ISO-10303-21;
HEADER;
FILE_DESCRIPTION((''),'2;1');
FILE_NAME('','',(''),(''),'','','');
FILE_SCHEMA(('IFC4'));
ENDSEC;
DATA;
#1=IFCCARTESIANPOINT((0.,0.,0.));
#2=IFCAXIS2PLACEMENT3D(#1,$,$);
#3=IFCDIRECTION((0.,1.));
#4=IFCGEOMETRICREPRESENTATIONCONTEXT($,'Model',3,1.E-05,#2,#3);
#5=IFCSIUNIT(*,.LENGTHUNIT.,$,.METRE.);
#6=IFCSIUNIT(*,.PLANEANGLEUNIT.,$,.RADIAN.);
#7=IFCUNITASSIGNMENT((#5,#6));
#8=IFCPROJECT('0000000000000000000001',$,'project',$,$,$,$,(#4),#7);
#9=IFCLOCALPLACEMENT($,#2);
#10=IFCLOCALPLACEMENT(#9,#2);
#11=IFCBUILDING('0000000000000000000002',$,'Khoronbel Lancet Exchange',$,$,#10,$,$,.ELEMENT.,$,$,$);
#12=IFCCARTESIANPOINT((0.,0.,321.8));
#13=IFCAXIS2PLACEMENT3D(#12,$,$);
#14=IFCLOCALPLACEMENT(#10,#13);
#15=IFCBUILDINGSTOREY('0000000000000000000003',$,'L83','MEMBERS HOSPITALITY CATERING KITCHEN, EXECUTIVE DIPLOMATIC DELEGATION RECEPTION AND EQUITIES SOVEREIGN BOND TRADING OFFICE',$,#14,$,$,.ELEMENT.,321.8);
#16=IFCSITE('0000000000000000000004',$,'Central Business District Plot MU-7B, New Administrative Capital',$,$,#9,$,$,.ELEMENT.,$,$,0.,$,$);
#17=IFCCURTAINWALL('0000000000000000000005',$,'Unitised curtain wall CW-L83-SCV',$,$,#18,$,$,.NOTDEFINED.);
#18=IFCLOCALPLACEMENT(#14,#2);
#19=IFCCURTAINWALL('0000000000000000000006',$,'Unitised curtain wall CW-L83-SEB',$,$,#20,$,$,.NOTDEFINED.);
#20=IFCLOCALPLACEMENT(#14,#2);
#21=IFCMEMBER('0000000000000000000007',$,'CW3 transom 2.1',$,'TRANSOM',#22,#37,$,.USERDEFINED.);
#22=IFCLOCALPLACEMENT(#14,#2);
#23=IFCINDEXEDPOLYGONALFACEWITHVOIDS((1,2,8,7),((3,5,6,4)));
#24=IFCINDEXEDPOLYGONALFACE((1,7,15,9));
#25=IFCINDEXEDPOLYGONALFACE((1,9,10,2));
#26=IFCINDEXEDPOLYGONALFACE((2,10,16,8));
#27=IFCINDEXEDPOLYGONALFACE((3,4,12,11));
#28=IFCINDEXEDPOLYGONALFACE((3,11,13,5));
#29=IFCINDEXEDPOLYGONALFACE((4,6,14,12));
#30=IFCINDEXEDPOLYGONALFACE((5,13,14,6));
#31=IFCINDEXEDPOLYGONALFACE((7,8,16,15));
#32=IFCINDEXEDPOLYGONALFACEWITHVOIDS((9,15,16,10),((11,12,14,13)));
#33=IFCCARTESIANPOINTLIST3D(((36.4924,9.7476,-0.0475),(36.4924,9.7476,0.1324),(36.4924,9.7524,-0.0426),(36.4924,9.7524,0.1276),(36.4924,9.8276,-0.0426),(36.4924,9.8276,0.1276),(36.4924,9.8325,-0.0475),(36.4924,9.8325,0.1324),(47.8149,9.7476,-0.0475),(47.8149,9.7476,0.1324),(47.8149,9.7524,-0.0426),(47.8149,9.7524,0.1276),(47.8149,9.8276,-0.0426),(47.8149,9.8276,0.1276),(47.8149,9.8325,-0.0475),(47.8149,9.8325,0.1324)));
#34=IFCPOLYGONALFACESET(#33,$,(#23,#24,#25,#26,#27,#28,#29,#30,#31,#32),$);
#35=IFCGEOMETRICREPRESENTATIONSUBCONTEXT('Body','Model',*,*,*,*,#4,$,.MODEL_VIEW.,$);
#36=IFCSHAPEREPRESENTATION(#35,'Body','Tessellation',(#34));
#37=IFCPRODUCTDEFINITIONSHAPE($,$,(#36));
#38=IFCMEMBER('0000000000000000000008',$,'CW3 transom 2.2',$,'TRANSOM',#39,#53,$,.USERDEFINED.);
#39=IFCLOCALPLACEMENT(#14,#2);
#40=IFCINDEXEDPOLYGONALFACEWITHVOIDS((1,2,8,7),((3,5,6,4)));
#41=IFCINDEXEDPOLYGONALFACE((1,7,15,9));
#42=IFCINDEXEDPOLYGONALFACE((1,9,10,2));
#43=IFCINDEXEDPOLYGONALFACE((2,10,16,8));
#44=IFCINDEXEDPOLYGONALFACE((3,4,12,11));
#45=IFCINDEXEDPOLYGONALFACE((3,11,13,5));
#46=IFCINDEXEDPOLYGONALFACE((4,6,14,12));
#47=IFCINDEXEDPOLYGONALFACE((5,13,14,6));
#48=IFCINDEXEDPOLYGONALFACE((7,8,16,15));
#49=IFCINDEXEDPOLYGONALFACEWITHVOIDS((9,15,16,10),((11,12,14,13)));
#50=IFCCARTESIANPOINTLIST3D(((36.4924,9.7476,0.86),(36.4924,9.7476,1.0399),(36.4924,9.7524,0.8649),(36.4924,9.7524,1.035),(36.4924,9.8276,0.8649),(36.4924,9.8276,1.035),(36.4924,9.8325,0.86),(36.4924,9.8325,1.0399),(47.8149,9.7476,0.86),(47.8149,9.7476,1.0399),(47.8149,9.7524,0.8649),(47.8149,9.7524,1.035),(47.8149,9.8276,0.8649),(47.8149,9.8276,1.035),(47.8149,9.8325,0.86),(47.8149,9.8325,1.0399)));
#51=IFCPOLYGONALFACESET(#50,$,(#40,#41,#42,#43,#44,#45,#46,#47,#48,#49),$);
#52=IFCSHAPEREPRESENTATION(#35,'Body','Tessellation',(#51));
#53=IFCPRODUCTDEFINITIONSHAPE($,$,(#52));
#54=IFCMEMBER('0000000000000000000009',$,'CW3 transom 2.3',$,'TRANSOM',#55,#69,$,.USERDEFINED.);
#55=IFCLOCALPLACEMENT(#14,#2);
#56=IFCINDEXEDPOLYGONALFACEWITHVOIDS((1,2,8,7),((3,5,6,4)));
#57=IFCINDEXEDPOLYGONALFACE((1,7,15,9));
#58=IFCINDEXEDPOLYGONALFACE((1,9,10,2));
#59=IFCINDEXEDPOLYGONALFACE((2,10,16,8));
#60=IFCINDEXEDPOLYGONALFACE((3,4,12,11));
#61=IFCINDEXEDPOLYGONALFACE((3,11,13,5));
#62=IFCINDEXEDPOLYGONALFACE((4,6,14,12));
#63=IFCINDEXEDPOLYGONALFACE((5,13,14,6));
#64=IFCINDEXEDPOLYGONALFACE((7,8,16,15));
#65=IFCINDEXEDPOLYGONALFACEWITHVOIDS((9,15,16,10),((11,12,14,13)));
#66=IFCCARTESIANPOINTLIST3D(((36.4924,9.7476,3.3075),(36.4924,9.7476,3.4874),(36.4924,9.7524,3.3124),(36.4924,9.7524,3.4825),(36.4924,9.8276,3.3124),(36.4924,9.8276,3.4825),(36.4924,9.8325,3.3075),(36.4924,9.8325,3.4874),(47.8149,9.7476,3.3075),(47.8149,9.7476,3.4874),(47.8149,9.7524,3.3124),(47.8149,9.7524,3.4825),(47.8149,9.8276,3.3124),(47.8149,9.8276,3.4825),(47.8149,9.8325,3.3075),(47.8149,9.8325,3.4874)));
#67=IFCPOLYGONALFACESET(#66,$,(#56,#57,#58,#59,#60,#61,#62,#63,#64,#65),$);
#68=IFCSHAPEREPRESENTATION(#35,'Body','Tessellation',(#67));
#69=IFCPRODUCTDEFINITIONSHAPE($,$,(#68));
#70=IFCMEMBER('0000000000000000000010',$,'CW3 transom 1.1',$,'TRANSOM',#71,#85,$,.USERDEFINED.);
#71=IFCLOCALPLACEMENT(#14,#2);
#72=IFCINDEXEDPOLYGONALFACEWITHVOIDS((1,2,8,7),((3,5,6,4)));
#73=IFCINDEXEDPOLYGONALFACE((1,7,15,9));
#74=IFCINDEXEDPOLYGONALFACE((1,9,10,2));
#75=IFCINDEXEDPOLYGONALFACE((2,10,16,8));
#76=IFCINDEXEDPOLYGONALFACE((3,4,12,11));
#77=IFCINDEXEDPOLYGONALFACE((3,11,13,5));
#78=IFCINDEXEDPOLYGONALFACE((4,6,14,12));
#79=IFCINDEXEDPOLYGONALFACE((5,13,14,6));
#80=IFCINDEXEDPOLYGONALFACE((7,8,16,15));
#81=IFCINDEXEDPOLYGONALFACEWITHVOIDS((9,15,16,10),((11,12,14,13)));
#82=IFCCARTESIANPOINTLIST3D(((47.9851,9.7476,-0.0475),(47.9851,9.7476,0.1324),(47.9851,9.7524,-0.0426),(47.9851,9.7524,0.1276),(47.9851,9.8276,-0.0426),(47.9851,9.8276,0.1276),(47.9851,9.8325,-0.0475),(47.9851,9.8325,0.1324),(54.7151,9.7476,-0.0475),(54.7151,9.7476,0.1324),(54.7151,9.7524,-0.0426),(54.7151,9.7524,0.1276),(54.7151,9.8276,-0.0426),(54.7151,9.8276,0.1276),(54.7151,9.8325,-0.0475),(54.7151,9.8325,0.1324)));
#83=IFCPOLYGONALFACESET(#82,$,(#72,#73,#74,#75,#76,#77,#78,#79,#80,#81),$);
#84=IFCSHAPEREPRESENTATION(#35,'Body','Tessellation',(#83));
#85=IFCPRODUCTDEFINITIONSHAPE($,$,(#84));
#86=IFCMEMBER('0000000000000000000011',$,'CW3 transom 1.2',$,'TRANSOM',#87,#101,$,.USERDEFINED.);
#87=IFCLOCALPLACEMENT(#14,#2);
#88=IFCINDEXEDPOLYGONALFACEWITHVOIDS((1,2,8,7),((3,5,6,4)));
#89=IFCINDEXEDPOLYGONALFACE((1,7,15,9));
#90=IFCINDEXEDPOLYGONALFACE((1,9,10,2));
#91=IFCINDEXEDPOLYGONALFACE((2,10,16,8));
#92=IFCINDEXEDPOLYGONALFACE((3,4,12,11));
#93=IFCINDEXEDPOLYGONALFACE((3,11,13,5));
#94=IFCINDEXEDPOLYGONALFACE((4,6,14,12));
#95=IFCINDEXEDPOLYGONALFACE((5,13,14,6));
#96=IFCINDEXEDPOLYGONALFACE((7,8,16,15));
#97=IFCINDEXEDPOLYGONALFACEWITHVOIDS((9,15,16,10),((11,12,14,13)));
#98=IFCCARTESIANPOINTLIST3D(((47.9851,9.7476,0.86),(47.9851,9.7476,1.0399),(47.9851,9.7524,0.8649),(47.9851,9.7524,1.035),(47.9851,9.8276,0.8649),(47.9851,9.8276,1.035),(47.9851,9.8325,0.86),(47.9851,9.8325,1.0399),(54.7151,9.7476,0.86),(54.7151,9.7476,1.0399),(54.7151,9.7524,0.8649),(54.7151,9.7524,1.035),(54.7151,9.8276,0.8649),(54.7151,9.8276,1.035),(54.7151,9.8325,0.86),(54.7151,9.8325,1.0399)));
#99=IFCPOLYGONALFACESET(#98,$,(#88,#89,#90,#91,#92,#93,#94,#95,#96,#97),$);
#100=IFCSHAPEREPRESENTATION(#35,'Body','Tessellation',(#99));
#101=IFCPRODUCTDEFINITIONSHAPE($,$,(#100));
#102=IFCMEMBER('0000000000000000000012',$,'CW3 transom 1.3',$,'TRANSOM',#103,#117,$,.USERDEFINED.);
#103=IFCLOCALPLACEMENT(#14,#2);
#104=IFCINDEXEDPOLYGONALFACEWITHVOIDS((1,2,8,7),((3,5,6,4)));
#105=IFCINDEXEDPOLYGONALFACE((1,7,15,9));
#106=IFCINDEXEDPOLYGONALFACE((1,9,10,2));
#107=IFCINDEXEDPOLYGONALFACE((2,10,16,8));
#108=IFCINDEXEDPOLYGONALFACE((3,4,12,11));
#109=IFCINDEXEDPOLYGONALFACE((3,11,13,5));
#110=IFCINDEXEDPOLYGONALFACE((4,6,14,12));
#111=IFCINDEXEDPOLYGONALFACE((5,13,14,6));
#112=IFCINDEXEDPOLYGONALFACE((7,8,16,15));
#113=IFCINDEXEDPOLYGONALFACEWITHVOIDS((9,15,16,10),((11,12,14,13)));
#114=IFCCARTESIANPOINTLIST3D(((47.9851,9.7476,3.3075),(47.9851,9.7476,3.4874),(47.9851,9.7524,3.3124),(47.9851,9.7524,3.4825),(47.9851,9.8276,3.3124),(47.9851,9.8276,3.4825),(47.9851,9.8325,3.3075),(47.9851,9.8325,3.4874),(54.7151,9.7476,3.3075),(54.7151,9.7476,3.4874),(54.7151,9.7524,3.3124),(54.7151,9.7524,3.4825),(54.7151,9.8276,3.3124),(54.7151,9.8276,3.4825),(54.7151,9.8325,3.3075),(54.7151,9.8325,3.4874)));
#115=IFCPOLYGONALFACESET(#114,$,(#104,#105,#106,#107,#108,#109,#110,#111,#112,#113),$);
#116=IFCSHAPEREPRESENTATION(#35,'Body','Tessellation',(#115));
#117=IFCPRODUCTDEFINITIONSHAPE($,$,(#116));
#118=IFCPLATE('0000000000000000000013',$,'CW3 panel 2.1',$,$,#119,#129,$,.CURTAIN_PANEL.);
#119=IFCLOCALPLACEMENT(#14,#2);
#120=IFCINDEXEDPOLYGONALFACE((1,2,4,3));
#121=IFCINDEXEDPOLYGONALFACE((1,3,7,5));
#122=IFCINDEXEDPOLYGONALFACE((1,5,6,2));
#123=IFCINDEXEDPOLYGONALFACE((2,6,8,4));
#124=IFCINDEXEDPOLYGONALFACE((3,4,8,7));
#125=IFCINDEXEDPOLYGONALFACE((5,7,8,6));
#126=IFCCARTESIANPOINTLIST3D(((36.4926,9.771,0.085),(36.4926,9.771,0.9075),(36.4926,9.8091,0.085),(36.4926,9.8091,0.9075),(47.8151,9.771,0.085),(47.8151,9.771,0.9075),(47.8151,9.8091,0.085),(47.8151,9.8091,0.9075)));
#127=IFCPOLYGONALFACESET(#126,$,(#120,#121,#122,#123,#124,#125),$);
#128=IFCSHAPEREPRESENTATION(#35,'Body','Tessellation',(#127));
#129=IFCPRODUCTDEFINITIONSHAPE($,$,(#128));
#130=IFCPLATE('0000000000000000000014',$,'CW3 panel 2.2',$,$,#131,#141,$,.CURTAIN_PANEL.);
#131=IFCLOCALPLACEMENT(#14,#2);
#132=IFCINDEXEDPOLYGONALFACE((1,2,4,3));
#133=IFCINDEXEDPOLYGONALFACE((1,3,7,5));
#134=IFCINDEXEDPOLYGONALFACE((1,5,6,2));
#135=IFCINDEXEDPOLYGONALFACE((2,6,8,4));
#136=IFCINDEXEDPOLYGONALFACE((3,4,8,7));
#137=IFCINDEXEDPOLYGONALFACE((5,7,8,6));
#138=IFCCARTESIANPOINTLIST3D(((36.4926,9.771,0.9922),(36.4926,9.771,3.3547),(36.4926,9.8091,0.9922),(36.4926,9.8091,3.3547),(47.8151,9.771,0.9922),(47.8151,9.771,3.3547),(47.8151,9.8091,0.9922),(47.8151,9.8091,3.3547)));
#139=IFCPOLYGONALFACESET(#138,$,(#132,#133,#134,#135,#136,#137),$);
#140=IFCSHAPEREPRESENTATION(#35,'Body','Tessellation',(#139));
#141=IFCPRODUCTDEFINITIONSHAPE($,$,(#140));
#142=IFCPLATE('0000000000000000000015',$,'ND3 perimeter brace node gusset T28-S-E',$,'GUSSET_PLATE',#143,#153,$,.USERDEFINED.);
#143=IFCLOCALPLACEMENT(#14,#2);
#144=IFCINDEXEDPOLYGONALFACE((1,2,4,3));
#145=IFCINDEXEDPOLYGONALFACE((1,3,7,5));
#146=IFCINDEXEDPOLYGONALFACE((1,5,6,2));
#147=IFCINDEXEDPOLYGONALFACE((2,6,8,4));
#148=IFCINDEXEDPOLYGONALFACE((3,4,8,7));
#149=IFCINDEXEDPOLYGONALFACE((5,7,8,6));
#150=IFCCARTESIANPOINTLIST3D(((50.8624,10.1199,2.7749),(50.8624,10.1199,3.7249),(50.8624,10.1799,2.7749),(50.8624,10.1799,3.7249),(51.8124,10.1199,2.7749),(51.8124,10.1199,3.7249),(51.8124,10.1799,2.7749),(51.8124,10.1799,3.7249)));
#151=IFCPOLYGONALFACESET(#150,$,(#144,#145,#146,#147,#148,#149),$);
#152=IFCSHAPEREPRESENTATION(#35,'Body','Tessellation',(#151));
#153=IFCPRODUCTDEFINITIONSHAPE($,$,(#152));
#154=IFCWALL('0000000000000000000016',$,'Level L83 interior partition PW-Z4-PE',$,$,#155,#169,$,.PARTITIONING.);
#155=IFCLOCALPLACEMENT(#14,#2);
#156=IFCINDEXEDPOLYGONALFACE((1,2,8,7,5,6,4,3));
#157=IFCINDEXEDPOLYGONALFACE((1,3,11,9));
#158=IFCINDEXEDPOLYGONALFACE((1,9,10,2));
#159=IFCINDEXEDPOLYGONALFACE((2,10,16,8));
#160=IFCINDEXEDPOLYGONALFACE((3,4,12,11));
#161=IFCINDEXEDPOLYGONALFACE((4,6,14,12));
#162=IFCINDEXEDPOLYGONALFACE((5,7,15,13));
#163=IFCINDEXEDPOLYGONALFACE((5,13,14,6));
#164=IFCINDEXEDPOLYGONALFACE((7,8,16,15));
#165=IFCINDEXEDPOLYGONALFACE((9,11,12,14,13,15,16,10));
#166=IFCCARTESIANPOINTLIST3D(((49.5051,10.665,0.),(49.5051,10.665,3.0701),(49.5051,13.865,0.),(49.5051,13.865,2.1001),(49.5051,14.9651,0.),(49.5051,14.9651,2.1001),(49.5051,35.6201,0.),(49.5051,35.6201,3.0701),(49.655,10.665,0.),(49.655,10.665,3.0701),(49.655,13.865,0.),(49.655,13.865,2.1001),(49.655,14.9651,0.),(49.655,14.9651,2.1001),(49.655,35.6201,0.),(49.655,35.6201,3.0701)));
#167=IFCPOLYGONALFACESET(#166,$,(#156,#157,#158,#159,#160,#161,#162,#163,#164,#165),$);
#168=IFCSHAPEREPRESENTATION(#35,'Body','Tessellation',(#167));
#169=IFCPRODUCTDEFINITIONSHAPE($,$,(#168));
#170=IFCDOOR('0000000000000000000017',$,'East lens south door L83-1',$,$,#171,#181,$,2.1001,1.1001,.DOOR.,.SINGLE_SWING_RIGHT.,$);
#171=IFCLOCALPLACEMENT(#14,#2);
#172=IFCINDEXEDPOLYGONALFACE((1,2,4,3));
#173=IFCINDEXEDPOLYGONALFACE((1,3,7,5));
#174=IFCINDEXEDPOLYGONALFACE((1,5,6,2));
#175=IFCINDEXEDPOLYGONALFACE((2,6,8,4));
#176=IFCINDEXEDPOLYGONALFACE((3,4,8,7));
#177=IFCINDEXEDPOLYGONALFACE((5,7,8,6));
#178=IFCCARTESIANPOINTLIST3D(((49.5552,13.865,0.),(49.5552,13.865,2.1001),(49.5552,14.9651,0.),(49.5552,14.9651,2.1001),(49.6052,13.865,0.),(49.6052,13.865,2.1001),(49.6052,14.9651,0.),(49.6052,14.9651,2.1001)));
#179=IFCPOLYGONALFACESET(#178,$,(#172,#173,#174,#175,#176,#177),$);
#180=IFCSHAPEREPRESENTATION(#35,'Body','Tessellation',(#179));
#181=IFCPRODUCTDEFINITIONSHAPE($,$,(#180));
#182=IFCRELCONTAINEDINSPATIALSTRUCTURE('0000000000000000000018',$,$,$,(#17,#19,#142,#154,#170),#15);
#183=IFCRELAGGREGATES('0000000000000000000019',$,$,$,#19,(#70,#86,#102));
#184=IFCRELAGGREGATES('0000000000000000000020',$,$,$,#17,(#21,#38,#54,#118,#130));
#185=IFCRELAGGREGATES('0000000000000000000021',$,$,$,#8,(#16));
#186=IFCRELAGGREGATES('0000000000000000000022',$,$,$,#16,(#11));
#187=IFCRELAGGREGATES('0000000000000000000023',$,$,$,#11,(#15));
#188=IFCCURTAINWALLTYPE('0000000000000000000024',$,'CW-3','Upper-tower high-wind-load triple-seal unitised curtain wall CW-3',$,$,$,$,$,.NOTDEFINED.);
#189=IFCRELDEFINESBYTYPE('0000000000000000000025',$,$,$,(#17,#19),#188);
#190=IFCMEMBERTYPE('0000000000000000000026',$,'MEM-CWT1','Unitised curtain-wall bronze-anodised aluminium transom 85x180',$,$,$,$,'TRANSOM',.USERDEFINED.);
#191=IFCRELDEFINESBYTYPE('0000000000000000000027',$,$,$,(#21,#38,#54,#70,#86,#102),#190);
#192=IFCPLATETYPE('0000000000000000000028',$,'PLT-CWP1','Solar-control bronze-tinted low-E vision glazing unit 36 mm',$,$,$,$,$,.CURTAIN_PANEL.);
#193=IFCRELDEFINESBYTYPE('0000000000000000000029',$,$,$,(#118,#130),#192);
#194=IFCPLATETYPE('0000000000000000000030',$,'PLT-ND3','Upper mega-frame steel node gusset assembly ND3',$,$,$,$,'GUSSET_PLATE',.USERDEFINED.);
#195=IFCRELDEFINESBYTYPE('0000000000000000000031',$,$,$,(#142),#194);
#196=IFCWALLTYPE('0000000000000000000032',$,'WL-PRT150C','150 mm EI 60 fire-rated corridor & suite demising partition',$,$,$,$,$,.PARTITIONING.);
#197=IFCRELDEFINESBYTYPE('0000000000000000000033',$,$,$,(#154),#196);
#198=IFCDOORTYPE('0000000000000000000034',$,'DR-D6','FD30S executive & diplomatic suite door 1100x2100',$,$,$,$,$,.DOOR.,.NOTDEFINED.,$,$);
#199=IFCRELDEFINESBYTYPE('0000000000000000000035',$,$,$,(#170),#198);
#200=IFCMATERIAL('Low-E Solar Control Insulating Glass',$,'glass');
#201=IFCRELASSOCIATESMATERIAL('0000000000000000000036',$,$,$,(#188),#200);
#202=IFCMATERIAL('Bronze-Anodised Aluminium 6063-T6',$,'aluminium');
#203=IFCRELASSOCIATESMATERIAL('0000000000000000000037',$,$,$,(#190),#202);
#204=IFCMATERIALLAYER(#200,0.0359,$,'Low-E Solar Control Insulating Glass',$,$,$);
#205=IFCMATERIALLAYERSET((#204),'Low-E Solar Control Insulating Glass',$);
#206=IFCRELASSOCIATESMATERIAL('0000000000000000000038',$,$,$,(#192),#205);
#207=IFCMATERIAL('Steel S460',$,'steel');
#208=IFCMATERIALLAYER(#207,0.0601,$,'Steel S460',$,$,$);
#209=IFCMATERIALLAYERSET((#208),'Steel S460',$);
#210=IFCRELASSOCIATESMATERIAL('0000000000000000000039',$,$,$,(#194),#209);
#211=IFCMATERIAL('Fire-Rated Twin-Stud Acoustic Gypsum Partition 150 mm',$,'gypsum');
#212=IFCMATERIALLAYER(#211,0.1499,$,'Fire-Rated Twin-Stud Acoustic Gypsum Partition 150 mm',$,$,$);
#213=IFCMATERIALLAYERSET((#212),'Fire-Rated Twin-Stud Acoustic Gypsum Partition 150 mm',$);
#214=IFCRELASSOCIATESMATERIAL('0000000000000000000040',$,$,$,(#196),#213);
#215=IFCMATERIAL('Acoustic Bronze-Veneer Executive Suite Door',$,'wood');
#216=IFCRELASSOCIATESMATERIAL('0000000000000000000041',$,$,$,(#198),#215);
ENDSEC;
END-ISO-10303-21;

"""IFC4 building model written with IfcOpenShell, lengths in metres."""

from ifc_helpers import new_model, si_unit, direction, frame, frame_2d, origin, origin_2d, place, context, subcontext, project, spatial, rectangle, hollow_rectangle, extrude, material, layer, layer_set, material_profile, profile_set, type_object, element, fill, aggregate, save


model = new_model("IFC4")

# Units and contexts
model_context = context("Model", 3, precision=1e-05, world=origin(), true_north=direction((0.0, 1.0)))
body_context = subcontext(model_context, "Body", "Model", "MODEL_VIEW")
ifc_project = project(units=[si_unit("LENGTHUNIT", "METRE"), si_unit("PLANEANGLEUNIT", "RADIAN")], contexts=[model_context])

# Site, building, storey
site_placement = place(None, origin())
site = spatial("IfcSite", under=ifc_project, at=site_placement, Name="Central Business District Plot MU-7B, New Administrative Capital", CompositionType="ELEMENT", RefElevation=0.0)
building_placement = place(site_placement, origin())
building = spatial("IfcBuilding", under=site, at=building_placement, Name="Khoronbel Lancet Exchange", CompositionType="ELEMENT")
storey_placement = place(building_placement, frame((0.0, 0.0, 321.8)))
storey = spatial("IfcBuildingStorey", under=building, at=storey_placement, Name="L83", Description="MEMBERS HOSPITALITY CATERING KITCHEN, EXECUTIVE DIPLOMATIC DELEGATION RECEPTION AND EQUITIES SOVEREIGN BOND TRADING OFFICE", CompositionType="ELEMENT", Elevation=321.8)

# Shared definitions
ifc_material_1 = material(Name="Steel S460", Category="steel")

# Curtain wall
ifc_material_2 = material(Name="Low-E Solar Control Insulating Glass", Category="glass")
curtain_wall_type = type_object("IfcCurtainWallType", Name="CW-3", Description="Upper-tower high-wind-load triple-seal unitised curtain wall CW-3", PredefinedType="NOTDEFINED", material=ifc_material_2)
curtain_wall_1_placement = place(storey_placement, origin())
curtain_wall_1 = element("IfcCurtainWall", 1, at=curtain_wall_1_placement, inside=storey, type_object=curtain_wall_type, Name="Unitised curtain wall CW-L83-SCV", PredefinedType="NOTDEFINED")
ifc_material_3 = material(Name="Bronze-Anodised Aluminium 6063-T6", Category="aluminium")

# Curtain wall
curtain_wall_2_placement = place(storey_placement, origin())
curtain_wall_2 = element("IfcCurtainWall", 2, at=curtain_wall_2_placement, inside=storey, type_object=curtain_wall_type, Name="Unitised curtain wall CW-L83-SEB", PredefinedType="NOTDEFINED")

# Members
ifc_material_profile_1 = material_profile(ifc_material_3, hollow_rectangle(XDim=0.085, YDim=0.1799, WallThickness=0.0049, at=origin_2d()), Name="ALU TRANSOM 85x180")
ifc_profile_set_1 = profile_set([ifc_material_profile_1], Name="Bronze-Anodised Aluminium 6063-T6")
member_type_1 = type_object("IfcMemberType", Name="MEM-CWT1", Description="Unitised curtain-wall bronze-anodised aluminium transom 85x180", ElementType="TRANSOM", PredefinedType="USERDEFINED", material=ifc_profile_set_1)
member_1_placement = place(storey_placement, frame((36.4924, 9.79, 0.0425), z_axis=(1.0, 0.0, 0.0), x_axis=(0.0, 1.0, 0.0)))
member_1 = element("IfcMember", 3, at=member_1_placement, type_object=member_type_1, Name="CW3 transom 2.1", ObjectType="TRANSOM", PredefinedType="USERDEFINED", context=body_context, shape_type="SweptSolid", body=[
    extrude(hollow_rectangle(XDim=0.085, YDim=0.1799, WallThickness=0.0049, at=origin_2d()), origin(), (0.0, 0.0, 1.0), 11.3225),
])
member_2_placement = place(storey_placement, frame((36.4924, 9.79, 0.95), z_axis=(1.0, 0.0, 0.0), x_axis=(0.0, 1.0, 0.0)))
member_2 = element("IfcMember", 4, at=member_2_placement, type_object=member_type_1, Name="CW3 transom 2.2", ObjectType="TRANSOM", PredefinedType="USERDEFINED", context=body_context, shape_type="SweptSolid", body=[
    extrude(hollow_rectangle(XDim=0.085, YDim=0.1799, WallThickness=0.0049, at=origin_2d()), origin(), (0.0, 0.0, 1.0), 11.3225),
])
member_3_placement = place(storey_placement, frame((36.4924, 9.79, 3.3975), z_axis=(1.0, 0.0, 0.0), x_axis=(0.0, 1.0, 0.0)))
member_3 = element("IfcMember", 5, at=member_3_placement, type_object=member_type_1, Name="CW3 transom 2.3", ObjectType="TRANSOM", PredefinedType="USERDEFINED", context=body_context, shape_type="SweptSolid", body=[
    extrude(hollow_rectangle(XDim=0.085, YDim=0.1799, WallThickness=0.0049, at=origin_2d()), origin(), (0.0, 0.0, 1.0), 11.3225),
])
member_4_placement = place(storey_placement, frame((47.9851, 9.79, 0.0425), z_axis=(1.0, 0.0, 0.0), x_axis=(0.0, 1.0, 0.0)))
member_4 = element("IfcMember", 6, at=member_4_placement, type_object=member_type_1, Name="CW3 transom 1.1", ObjectType="TRANSOM", PredefinedType="USERDEFINED", context=body_context, shape_type="SweptSolid", body=[
    extrude(hollow_rectangle(XDim=0.085, YDim=0.1799, WallThickness=0.0049, at=origin_2d()), origin(), (0.0, 0.0, 1.0), 6.73),
])
member_5_placement = place(storey_placement, frame((47.9851, 9.79, 0.95), z_axis=(1.0, 0.0, 0.0), x_axis=(0.0, 1.0, 0.0)))
member_5 = element("IfcMember", 7, at=member_5_placement, type_object=member_type_1, Name="CW3 transom 1.2", ObjectType="TRANSOM", PredefinedType="USERDEFINED", context=body_context, shape_type="SweptSolid", body=[
    extrude(hollow_rectangle(XDim=0.085, YDim=0.1799, WallThickness=0.0049, at=origin_2d()), origin(), (0.0, 0.0, 1.0), 6.73),
])
member_6_placement = place(storey_placement, frame((47.9851, 9.79, 3.3975), z_axis=(1.0, 0.0, 0.0), x_axis=(0.0, 1.0, 0.0)))
member_6 = element("IfcMember", 8, at=member_6_placement, type_object=member_type_1, Name="CW3 transom 1.3", ObjectType="TRANSOM", PredefinedType="USERDEFINED", context=body_context, shape_type="SweptSolid", body=[
    extrude(hollow_rectangle(XDim=0.085, YDim=0.1799, WallThickness=0.0049, at=origin_2d()), origin(), (0.0, 0.0, 1.0), 6.73),
])
aggregate(curtain_wall_2, [member_4, member_5, member_6])

# Plates
ifc_layer_1 = layer(ifc_material_2, 0.0359, Name="Low-E Solar Control Insulating Glass")
ifc_layer_set_1 = layer_set([ifc_layer_1], Name="Low-E Solar Control Insulating Glass")
plate_type_1 = type_object("IfcPlateType", Name="PLT-CWP1", Description="Solar-control bronze-tinted low-E vision glazing unit 36 mm", PredefinedType="CURTAIN_PANEL", material=ifc_layer_set_1)
plate_1_placement = place(storey_placement, frame((42.1538, 9.79, 0.085), z_axis=(0.0, 0.0, 1.0), x_axis=(1.0, 0.0, 0.0)))
plate_1 = element("IfcPlate", 9, at=plate_1_placement, type_object=plate_type_1, Name="CW3 panel 2.1", PredefinedType="CURTAIN_PANEL", context=body_context, shape_type="SweptSolid", body=[
    extrude(rectangle(XDim=11.3225, YDim=0.0381, at=origin_2d()), origin(), (0.0, 0.0, 1.0), 0.8225),
])
plate_2_placement = place(storey_placement, frame((42.1538, 9.79, 0.9922), z_axis=(0.0, 0.0, 1.0), x_axis=(1.0, 0.0, 0.0)))
plate_2 = element("IfcPlate", 10, at=plate_2_placement, type_object=plate_type_1, Name="CW3 panel 2.2", PredefinedType="CURTAIN_PANEL", context=body_context, shape_type="SweptSolid", body=[
    extrude(rectangle(XDim=11.3225, YDim=0.0381, at=origin_2d()), origin(), (0.0, 0.0, 1.0), 2.3625),
])
aggregate(curtain_wall_1, [member_1, member_2, member_3, plate_1, plate_2])
ifc_layer_2 = layer(ifc_material_1, 0.0601, Name="Steel S460")
ifc_layer_set_2 = layer_set([ifc_layer_2], Name="Steel S460")
plate_type_2 = type_object("IfcPlateType", Name="PLT-ND3", Description="Upper mega-frame steel node gusset assembly ND3", ElementType="GUSSET_PLATE", PredefinedType="USERDEFINED", material=ifc_layer_set_2)
plate_3_placement = place(storey_placement, frame((51.3374, 10.1499, 2.7749), z_axis=(0.0, 0.0, 1.0), x_axis=(1.0, 0.0, 0.0)))
element("IfcPlate", 11, at=plate_3_placement, inside=storey, type_object=plate_type_2, Name="ND3 perimeter brace node gusset T28-S-E", ObjectType="GUSSET_PLATE", PredefinedType="USERDEFINED", context=body_context, shape_type="SweptSolid", body=[
    extrude(rectangle(XDim=0.95, YDim=0.0601, at=origin_2d()), origin(), (0.0, 0.0, 1.0), 0.95),
])

# Wall, opening, door
ifc_material_4 = material(Name="Fire-Rated Twin-Stud Acoustic Gypsum Partition 150 mm", Category="gypsum")
ifc_layer_3 = layer(ifc_material_4, 0.1499, Name="Fire-Rated Twin-Stud Acoustic Gypsum Partition 150 mm")
ifc_layer_set_3 = layer_set([ifc_layer_3], Name="Fire-Rated Twin-Stud Acoustic Gypsum Partition 150 mm")
wall_type_1 = type_object("IfcWallType", Name="WL-PRT150C", Description="150 mm EI 60 fire-rated corridor & suite demising partition", PredefinedType="PARTITIONING", material=ifc_layer_set_3)
wall_1_placement = place(storey_placement, frame((49.5801, 10.665, 0.0), z_axis=(0.0, 0.0, 1.0), x_axis=(0.0, 1.0, 0.0)))
wall_1 = element("IfcWall", 12, at=wall_1_placement, inside=storey, type_object=wall_type_1, Name="Level L83 interior partition PW-Z4-PE", PredefinedType="PARTITIONING", context=body_context, shape_type="SweptSolid", body=[
    extrude(rectangle(XDim=24.9551, YDim=0.1499, at=frame_2d((12.4775, 0.0))), origin(), (0.0, 0.0, 1.0), 3.0701),
])
opening_1_placement = place(wall_1_placement, frame((3.2, 0.0, 0.0)))
opening_1 = element("IfcOpeningElement", 13, at=opening_1_placement, cuts=wall_1, PredefinedType="OPENING", context=body_context, shape_type="SweptSolid", body=[
    extrude(rectangle(XDim=1.1001, YDim=2.1001, at=frame_2d((0.55, 1.05))), frame((0.0, 0.085, 0.0), z_axis=(0.0, -1.0, 0.0), x_axis=(1.0, 0.0, 0.0)), (0.0, 0.0, 1.0), 0.1699),
])
ifc_material_5 = material(Name="Acoustic Bronze-Veneer Executive Suite Door", Category="wood")
door_type_1 = type_object("IfcDoorType", Name="DR-D6", Description="FD30S executive & diplomatic suite door 1100x2100", OperationType="NOTDEFINED", PredefinedType="DOOR", material=ifc_material_5)
door_1_placement = place(opening_1_placement, origin())
door_1 = element("IfcDoor", 14, at=door_1_placement, inside=storey, type_object=door_type_1, Name="East lens south door L83-1", OperationType="SINGLE_SWING_RIGHT", OverallHeight=2.1001, OverallWidth=1.1001, PredefinedType="DOOR", context=body_context, shape_type="SweptSolid", body=[
    extrude(rectangle(XDim=1.1001, YDim=2.1001, at=frame_2d((0.55, 1.05))), frame((0.0, 0.0249, 0.0), z_axis=(0.0, -1.0, 0.0), x_axis=(1.0, 0.0, 0.0)), (0.0, 0.0, 1.0), 0.05),
])
fill(opening_1, door_1)

save(model, "model.ifc")
